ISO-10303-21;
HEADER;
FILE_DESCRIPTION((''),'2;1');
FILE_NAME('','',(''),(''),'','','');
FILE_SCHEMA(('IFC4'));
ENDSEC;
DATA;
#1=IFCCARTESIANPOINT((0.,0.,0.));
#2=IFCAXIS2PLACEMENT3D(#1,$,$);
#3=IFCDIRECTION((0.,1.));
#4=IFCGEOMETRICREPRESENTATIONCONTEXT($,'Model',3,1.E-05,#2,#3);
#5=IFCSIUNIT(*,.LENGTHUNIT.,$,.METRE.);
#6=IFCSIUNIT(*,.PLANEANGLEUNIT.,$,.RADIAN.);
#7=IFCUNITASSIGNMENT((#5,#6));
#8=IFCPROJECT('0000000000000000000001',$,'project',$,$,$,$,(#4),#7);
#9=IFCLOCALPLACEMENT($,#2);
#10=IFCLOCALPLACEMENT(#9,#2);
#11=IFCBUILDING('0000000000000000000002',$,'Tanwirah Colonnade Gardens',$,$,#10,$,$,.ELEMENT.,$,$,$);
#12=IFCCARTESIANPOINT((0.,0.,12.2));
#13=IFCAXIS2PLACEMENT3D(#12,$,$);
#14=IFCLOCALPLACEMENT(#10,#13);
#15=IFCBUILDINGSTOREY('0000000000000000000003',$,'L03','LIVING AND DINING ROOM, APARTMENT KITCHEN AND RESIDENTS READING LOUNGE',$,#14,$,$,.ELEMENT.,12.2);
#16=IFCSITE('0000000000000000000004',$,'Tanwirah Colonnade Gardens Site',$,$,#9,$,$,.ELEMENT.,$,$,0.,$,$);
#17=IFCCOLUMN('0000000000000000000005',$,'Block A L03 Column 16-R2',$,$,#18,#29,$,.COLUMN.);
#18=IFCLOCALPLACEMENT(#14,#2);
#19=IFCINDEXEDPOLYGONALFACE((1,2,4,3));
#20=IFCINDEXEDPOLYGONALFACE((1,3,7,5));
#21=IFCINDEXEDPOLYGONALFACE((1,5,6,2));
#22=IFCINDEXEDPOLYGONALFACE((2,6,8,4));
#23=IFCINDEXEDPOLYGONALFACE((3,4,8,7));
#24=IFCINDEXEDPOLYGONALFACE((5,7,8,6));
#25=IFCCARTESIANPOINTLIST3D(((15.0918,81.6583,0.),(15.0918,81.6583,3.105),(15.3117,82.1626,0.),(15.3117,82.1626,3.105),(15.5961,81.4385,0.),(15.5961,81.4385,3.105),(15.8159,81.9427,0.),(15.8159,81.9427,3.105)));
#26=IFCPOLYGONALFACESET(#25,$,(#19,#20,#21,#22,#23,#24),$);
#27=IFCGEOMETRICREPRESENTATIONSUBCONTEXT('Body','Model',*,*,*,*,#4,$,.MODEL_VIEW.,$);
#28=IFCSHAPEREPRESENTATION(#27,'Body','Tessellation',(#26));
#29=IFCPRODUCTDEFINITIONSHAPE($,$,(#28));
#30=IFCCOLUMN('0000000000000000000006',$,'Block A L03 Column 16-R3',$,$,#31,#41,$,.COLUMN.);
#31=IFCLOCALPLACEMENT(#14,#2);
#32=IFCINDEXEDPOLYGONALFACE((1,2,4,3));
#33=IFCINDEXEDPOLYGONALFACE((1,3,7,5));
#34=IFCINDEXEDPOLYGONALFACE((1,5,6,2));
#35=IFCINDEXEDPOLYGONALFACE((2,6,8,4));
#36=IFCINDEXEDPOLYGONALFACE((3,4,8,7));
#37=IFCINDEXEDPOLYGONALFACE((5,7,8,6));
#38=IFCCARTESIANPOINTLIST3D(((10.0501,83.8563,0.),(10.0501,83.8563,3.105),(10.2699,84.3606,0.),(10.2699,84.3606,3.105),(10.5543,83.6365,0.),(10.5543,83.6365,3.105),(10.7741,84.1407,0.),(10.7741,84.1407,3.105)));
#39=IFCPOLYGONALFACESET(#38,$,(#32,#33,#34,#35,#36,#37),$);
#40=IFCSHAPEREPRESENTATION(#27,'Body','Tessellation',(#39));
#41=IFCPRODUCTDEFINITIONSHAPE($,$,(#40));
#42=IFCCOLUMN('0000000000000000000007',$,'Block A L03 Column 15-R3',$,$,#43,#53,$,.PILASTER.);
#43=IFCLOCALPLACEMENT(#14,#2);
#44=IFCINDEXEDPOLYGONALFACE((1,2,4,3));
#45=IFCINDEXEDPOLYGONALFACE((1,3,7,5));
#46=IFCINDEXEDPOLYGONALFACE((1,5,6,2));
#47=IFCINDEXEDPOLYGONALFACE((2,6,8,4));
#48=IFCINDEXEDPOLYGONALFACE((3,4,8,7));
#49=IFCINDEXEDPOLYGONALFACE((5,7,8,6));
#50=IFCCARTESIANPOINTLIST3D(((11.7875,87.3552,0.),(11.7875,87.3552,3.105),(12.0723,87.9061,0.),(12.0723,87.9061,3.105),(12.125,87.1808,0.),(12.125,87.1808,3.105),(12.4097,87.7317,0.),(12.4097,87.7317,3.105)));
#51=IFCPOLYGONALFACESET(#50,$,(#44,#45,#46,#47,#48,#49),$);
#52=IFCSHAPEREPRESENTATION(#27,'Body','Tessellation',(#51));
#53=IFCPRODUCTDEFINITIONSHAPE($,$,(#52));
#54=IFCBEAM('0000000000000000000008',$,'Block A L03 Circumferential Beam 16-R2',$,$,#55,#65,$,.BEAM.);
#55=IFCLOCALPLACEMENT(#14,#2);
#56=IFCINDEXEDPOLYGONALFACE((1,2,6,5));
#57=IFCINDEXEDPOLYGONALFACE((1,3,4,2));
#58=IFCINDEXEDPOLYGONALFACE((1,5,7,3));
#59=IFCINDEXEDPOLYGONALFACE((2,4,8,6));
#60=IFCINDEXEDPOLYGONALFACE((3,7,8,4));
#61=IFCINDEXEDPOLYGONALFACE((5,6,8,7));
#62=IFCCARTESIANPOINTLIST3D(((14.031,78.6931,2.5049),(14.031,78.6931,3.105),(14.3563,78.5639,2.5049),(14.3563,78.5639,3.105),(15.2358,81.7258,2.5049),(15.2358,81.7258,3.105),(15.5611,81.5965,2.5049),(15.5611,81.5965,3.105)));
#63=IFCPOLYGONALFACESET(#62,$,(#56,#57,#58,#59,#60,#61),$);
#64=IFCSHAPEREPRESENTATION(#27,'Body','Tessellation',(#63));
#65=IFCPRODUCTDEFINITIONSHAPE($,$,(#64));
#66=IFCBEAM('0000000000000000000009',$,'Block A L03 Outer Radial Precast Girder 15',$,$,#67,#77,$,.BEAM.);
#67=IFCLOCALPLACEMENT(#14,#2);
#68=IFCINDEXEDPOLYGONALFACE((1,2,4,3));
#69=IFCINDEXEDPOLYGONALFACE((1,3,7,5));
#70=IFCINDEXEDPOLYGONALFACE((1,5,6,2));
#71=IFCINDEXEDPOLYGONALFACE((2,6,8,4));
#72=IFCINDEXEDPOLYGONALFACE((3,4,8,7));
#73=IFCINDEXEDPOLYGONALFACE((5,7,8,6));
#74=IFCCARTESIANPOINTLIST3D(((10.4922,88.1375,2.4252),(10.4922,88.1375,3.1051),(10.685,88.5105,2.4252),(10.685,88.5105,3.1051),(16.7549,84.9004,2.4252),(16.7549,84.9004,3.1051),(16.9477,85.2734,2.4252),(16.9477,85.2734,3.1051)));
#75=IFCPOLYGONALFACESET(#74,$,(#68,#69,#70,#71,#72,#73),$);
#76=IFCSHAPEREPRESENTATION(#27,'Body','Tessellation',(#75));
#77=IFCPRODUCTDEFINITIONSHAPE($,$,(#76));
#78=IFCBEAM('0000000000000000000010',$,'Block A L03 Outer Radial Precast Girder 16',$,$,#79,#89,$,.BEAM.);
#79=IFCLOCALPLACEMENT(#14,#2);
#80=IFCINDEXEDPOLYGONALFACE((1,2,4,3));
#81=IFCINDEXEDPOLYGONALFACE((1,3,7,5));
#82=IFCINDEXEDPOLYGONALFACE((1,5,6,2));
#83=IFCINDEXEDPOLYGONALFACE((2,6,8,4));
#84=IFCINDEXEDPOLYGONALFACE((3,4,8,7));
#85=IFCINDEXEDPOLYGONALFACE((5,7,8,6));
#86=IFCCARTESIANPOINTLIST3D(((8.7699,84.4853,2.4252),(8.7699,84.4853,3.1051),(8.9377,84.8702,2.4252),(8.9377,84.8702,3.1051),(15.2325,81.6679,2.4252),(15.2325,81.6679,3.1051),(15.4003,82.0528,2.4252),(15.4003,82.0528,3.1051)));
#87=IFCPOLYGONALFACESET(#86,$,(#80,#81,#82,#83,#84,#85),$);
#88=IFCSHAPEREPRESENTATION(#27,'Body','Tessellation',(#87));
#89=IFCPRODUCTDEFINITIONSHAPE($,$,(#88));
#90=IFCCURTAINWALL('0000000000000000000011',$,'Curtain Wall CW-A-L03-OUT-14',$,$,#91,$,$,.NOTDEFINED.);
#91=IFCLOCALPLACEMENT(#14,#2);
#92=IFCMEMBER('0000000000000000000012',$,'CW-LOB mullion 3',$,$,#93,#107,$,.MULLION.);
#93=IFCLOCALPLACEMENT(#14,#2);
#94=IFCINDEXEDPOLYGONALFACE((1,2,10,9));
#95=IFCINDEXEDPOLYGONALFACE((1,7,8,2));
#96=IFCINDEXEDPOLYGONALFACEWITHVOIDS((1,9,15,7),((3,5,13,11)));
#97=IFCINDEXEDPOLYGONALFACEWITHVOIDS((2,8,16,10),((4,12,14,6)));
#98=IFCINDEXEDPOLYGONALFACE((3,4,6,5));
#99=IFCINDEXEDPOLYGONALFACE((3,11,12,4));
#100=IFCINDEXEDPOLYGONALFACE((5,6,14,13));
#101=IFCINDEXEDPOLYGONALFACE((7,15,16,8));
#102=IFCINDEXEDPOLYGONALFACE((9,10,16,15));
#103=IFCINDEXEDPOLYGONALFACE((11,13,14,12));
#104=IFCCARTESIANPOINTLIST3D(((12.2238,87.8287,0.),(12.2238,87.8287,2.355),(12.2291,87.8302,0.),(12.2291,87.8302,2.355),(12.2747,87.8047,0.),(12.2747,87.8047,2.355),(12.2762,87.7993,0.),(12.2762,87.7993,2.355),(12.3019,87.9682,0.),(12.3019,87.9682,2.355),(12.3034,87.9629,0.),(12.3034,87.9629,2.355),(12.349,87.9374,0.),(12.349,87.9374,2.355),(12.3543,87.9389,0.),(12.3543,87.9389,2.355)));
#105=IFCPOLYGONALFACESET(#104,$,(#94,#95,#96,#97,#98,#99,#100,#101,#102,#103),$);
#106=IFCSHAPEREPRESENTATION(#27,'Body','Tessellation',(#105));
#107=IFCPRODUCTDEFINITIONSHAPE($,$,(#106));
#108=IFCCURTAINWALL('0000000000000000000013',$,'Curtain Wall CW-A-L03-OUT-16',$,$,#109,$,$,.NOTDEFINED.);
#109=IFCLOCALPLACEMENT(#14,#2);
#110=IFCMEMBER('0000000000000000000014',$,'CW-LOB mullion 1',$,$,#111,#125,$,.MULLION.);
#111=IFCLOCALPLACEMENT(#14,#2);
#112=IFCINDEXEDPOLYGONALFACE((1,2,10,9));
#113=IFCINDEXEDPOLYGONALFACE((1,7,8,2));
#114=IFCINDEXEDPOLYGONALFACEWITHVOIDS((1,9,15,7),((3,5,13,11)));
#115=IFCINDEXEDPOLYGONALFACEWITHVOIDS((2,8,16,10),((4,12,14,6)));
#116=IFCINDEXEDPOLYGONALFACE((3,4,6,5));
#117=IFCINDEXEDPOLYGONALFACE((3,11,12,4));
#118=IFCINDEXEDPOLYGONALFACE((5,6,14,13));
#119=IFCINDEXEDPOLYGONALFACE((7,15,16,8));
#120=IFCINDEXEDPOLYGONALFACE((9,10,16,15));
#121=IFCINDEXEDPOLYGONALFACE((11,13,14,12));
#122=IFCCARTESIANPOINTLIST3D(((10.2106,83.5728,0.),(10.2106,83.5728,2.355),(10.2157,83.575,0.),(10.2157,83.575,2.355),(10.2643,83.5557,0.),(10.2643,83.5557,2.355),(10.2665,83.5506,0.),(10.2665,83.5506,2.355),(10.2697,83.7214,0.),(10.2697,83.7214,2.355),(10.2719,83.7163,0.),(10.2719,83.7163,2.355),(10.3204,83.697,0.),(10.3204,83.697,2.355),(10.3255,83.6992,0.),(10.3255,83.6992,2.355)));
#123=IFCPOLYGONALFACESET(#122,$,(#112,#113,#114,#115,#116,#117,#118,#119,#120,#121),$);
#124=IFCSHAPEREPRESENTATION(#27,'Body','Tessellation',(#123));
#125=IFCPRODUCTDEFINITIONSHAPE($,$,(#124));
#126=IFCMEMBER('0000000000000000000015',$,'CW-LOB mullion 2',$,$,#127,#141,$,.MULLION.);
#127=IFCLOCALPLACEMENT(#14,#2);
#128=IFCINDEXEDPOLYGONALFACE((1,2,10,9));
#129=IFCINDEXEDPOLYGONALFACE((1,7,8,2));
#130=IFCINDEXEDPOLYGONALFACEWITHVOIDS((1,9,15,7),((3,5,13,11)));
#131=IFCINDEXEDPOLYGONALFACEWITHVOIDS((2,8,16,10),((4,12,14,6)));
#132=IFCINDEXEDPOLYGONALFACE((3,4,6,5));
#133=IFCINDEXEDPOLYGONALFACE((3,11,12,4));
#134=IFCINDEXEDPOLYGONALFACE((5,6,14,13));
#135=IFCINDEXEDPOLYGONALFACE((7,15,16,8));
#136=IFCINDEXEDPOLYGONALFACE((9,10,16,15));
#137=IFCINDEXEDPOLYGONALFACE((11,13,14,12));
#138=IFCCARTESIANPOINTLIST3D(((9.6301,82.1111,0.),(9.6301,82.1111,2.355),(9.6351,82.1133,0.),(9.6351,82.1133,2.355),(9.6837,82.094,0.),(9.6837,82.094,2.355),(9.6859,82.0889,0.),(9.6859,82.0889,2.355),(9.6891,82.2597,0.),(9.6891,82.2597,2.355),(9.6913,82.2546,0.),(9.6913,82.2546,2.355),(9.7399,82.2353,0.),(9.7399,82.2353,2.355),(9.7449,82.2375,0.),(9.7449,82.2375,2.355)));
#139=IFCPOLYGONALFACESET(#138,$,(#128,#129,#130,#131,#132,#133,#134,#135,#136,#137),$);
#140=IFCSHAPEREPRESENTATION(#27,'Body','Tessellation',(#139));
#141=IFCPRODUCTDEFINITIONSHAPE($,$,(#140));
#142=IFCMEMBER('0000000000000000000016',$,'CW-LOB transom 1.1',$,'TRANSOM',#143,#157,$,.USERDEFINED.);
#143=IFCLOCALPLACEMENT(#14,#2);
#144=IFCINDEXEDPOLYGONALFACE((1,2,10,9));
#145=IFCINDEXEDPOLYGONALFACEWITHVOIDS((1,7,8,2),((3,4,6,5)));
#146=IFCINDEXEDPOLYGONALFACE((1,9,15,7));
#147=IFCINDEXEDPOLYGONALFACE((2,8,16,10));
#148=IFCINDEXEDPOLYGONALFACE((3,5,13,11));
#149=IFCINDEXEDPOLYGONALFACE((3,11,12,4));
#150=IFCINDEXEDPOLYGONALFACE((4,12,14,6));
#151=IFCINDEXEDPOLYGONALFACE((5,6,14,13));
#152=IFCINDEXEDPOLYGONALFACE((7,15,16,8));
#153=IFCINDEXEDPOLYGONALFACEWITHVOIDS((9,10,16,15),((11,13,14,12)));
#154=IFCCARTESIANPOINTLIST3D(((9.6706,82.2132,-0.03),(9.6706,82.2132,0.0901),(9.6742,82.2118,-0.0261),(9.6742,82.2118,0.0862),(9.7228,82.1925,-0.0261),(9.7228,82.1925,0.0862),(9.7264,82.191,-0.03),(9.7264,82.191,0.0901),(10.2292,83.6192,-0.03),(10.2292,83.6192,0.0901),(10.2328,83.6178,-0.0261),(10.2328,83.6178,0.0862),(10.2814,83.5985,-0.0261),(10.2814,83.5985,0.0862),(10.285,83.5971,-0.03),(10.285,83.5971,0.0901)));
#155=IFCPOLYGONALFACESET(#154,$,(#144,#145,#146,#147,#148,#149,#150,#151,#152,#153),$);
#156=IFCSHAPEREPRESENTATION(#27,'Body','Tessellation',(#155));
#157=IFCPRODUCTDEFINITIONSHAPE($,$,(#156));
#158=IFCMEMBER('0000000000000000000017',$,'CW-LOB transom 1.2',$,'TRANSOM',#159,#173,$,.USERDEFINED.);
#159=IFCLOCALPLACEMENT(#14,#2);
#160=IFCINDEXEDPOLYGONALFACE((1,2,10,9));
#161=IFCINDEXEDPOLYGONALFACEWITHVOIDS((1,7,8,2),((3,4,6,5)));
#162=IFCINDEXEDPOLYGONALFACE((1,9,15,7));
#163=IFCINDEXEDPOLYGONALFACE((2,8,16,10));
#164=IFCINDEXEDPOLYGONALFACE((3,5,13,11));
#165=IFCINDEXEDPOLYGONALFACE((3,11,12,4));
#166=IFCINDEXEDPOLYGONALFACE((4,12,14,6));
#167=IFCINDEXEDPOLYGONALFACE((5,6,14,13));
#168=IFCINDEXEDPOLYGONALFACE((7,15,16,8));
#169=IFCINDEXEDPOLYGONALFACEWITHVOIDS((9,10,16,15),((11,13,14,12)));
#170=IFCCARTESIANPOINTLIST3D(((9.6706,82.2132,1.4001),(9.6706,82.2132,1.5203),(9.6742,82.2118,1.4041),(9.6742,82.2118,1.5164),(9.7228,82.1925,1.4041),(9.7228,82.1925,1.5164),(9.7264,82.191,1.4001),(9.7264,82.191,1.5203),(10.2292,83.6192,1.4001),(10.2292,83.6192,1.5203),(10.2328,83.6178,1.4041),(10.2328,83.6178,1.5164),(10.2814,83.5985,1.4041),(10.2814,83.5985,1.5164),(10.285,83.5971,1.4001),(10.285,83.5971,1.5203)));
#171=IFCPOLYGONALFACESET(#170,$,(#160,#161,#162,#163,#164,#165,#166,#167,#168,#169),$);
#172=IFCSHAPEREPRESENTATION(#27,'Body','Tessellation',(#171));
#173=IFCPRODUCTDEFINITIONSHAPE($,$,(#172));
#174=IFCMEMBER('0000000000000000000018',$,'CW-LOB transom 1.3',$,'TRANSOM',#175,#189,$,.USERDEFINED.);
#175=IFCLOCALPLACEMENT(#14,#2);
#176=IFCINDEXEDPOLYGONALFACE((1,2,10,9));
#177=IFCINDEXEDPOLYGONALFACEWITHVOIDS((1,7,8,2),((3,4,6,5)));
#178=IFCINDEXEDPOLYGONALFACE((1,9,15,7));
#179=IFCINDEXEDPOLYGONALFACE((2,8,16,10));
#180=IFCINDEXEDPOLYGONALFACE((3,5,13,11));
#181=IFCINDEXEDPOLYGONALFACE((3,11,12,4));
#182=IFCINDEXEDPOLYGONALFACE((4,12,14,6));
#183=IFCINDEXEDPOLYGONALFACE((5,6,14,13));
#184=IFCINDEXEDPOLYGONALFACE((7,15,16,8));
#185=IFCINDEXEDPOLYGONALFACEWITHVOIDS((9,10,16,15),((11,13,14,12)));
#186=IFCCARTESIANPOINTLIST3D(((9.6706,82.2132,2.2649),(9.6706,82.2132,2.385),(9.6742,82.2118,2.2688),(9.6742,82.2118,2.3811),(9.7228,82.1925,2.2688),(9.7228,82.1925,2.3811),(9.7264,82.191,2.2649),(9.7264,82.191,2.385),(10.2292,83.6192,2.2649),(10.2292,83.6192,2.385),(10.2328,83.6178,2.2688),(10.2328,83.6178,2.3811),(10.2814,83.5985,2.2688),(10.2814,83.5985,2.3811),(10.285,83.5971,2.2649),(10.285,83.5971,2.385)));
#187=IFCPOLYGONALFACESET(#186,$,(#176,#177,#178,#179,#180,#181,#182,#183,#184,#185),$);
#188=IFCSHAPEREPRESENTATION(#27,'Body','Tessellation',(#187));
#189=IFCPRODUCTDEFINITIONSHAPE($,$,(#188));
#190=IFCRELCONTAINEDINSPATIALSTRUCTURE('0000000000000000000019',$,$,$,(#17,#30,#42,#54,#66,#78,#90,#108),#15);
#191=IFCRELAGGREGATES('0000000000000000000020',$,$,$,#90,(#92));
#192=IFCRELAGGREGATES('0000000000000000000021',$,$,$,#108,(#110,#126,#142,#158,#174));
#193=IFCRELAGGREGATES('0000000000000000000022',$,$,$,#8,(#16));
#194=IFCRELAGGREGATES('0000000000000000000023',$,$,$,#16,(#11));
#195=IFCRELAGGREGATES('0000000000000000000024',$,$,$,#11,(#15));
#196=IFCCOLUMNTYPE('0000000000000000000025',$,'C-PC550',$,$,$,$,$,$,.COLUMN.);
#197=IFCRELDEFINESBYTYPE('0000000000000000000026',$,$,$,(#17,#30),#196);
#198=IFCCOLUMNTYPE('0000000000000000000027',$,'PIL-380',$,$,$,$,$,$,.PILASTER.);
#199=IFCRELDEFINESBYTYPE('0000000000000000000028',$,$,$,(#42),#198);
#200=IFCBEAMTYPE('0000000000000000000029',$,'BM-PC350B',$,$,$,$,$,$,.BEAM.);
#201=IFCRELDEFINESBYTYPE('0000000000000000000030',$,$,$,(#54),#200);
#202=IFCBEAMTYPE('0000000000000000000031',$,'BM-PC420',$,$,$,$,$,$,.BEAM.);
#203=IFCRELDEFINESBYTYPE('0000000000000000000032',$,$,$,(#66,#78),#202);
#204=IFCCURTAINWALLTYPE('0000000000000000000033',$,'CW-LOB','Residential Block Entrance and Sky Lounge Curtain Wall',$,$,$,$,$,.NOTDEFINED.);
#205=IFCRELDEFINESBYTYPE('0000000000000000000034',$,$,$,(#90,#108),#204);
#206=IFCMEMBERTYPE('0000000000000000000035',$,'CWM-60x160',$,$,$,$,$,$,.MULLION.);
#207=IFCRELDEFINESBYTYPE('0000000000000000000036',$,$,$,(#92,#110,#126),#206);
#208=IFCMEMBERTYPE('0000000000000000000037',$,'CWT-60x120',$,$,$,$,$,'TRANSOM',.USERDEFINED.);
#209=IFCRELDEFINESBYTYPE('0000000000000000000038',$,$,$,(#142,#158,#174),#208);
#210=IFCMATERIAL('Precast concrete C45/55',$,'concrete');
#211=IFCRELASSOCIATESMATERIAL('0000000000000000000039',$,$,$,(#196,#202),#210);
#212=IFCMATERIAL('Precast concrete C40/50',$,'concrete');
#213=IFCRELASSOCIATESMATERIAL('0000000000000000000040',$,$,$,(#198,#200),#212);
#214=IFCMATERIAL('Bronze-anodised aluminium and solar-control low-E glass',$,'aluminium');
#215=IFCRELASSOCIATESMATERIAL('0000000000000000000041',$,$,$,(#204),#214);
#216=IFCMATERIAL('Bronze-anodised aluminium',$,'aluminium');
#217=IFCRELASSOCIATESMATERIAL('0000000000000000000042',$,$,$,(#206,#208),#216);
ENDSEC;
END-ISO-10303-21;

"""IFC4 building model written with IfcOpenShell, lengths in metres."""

from ifc_helpers import new_model, si_unit, direction, frame, origin, origin_2d, place, context, subcontext, project, spatial, rectangle, hollow_rectangle, extrude, material, material_profile, profile_set, type_object, element, aggregate, save


model = new_model("IFC4")

# Units and contexts
model_context = context("Model", 3, precision=1e-05, world=origin(), true_north=direction((0.0, 1.0)))
body_context = subcontext(model_context, "Body", "Model", "MODEL_VIEW")
ifc_project = project(units=[si_unit("LENGTHUNIT", "METRE"), si_unit("PLANEANGLEUNIT", "RADIAN")], contexts=[model_context])

# Site, building, storey
site_placement = place(None, origin())
site = spatial("IfcSite", under=ifc_project, at=site_placement, Name="Tanwirah Colonnade Gardens Site", CompositionType="ELEMENT", RefElevation=0.0)
building_placement = place(site_placement, origin())
building = spatial("IfcBuilding", under=site, at=building_placement, Name="Tanwirah Colonnade Gardens", CompositionType="ELEMENT")
storey_placement = place(building_placement, frame((0.0, 0.0, 12.2)))
storey = spatial("IfcBuildingStorey", under=building, at=storey_placement, Name="L03", Description="LIVING AND DINING ROOM, APARTMENT KITCHEN AND RESIDENTS READING LOUNGE", CompositionType="ELEMENT", Elevation=12.2)

# Columns
ifc_material_1 = material(Name="Precast concrete C45/55", Category="concrete")
ifc_material_profile_1 = material_profile(ifc_material_1, rectangle(XDim=0.55, YDim=0.55, at=origin_2d()), Name="PC-COL 550x550")
ifc_profile_set_1 = profile_set([ifc_material_profile_1], Name="Precast concrete C45/55")
column_type_1 = type_object("IfcColumnType", Name="C-PC550", PredefinedType="COLUMN", material=ifc_profile_set_1)
for number, where, z_axis, x_axis, name in (
    (1, (15.4539, 81.8005, 0.0), (0.0, 0.0, 1.0), (-0.916673, 0.399638, 0.0), "Block A L03 Column 16-R2"),
    (2, (10.4121, 83.9985, 0.0), (0.0, 0.0, 1.0), (-0.916673, 0.399638, 0.0), "Block A L03 Column 16-R3"),
):
    element("IfcColumn", number, at=place(storey_placement, frame(where, z_axis=z_axis, x_axis=x_axis)), inside=storey, type_object=column_type_1, Name=name, PredefinedType="COLUMN", context=body_context, shape_type="SweptSolid", body=[
        extrude(rectangle(XDim=0.55, YDim=0.55, at=origin_2d()), origin(), (0.0, 0.0, 1.0), 3.105),
    ])
ifc_material_2 = material(Name="Precast concrete C40/50", Category="concrete")
ifc_material_profile_2 = material_profile(ifc_material_2, rectangle(XDim=0.3799, YDim=0.6201, at=origin_2d()), Name="PC-PIL 380x620")
ifc_profile_set_2 = profile_set([ifc_material_profile_2], Name="Precast concrete C40/50")
column_type_2 = type_object("IfcColumnType", Name="PIL-380", PredefinedType="PILASTER", material=ifc_profile_set_2)
column_placement = place(storey_placement, frame((12.0986, 87.5435, 0.0), z_axis=(0.0, 0.0, 1.0), x_axis=(-0.88835, 0.459166, 0.0)))
element("IfcColumn", 3, at=column_placement, inside=storey, type_object=column_type_2, Name="Block A L03 Column 15-R3", PredefinedType="PILASTER", context=body_context, shape_type="SweptSolid", body=[
    extrude(rectangle(XDim=0.3799, YDim=0.6201, at=origin_2d()), origin(), (0.0, 0.0, 1.0), 3.105),
])

# Beams
ifc_material_profile_3 = material_profile(ifc_material_2, rectangle(XDim=0.3501, YDim=0.6001, at=origin_2d()), Name="PC-BM 350x600")
ifc_profile_set_3 = profile_set([ifc_material_profile_3], Name="Precast concrete C40/50")
beam_type_1 = type_object("IfcBeamType", Name="BM-PC350B", PredefinedType="BEAM", material=ifc_profile_set_3)
beam_1_placement = place(storey_placement, frame((15.3984, 81.6611, 2.8049), z_axis=(-0.36921, -0.929346, 0.0), x_axis=(0.929346, -0.36921, 0.0)))
element("IfcBeam", 4, at=beam_1_placement, inside=storey, type_object=beam_type_1, Name="Block A L03 Circumferential Beam 16-R2", PredefinedType="BEAM", context=body_context, shape_type="SweptSolid", body=[
    extrude(rectangle(XDim=0.3501, YDim=0.6001, at=origin_2d()), origin(), (0.0, 0.0, 1.0), 3.2632),
])
ifc_material_profile_4 = material_profile(ifc_material_1, rectangle(XDim=0.4199, YDim=0.6799, at=origin_2d()), Name="PC-BM 420x680")
ifc_profile_set_4 = profile_set([ifc_material_profile_4], Name="Precast concrete C45/55")
beam_type_2 = type_object("IfcBeamType", Name="BM-PC420", PredefinedType="BEAM", material=ifc_profile_set_4)
beam_2_placement = place(storey_placement, frame((16.8513, 85.0869, 2.7651), z_axis=(-0.888349, 0.459169, 0.0), x_axis=(-0.459169, -0.888349, 0.0)))
element("IfcBeam", 5, at=beam_2_placement, inside=storey, type_object=beam_type_2, Name="Block A L03 Outer Radial Precast Girder 15", PredefinedType="BEAM", context=body_context, shape_type="SweptSolid", body=[
    extrude(rectangle(XDim=0.4199, YDim=0.6799, at=origin_2d()), origin(), (0.0, 0.0, 1.0), 7.0498),
])
beam_3_placement = place(storey_placement, frame((15.3164, 81.8604, 2.7651), z_axis=(-0.916679, 0.399625, 0.0), x_axis=(-0.399625, -0.916679, 0.0)))
element("IfcBeam", 6, at=beam_3_placement, inside=storey, type_object=beam_type_2, Name="Block A L03 Outer Radial Precast Girder 16", PredefinedType="BEAM", context=body_context, shape_type="SweptSolid", body=[
    extrude(rectangle(XDim=0.4199, YDim=0.6799, at=origin_2d()), origin(), (0.0, 0.0, 1.0), 7.05),
])

# Curtain wall, member
ifc_material_3 = material(Name="Bronze-anodised aluminium and solar-control low-E glass", Category="aluminium")
curtain_wall_type = type_object("IfcCurtainWallType", Name="CW-LOB", Description="Residential Block Entrance and Sky Lounge Curtain Wall", PredefinedType="NOTDEFINED", material=ifc_material_3)
curtain_wall_1_placement = place(storey_placement, origin())
curtain_wall_1 = element("IfcCurtainWall", 7, at=curtain_wall_1_placement, inside=storey, type_object=curtain_wall_type, Name="Curtain Wall CW-A-L03-OUT-14", PredefinedType="NOTDEFINED")
ifc_material_4 = material(Name="Bronze-anodised aluminium", Category="aluminium")
ifc_material_profile_5 = material_profile(ifc_material_4, hollow_rectangle(XDim=0.0601, YDim=0.1599, WallThickness=0.0039, at=origin_2d()), Name="CW-MUL 60x160x4")
ifc_profile_set_5 = profile_set([ifc_material_profile_5], Name="Bronze-anodised aluminium")
member_type_1 = type_object("IfcMemberType", Name="CWM-60x160", PredefinedType="MULLION", material=ifc_profile_set_5)
member_1_placement = place(storey_placement, frame((12.2891, 87.8838, 0.0), z_axis=(0.0, 0.0, 1.0), x_axis=(0.872732, -0.488199, 0.0)))
member_1 = element("IfcMember", 8, at=member_1_placement, type_object=member_type_1, Name="CW-LOB mullion 3", PredefinedType="MULLION", context=body_context, shape_type="SweptSolid", body=[
    extrude(hollow_rectangle(XDim=0.0601, YDim=0.1599, WallThickness=0.0039, at=origin_2d()), origin(), (0.0, 0.0, 1.0), 2.355),
])
aggregate(curtain_wall_1, [member_1])

# Curtain wall, members
curtain_wall_2_placement = place(storey_placement, origin())
curtain_wall_2 = element("IfcCurtainWall", 9, at=curtain_wall_2_placement, inside=storey, type_object=curtain_wall_type, Name="Curtain Wall CW-A-L03-OUT-16", PredefinedType="NOTDEFINED")
member_2_placement = place(storey_placement, frame((10.2681, 83.636, 0.0), z_axis=(0.0, 0.0, 1.0), x_axis=(0.929347, -0.369208, 0.0)))
member_2 = element("IfcMember", 10, at=member_2_placement, type_object=member_type_1, Name="CW-LOB mullion 1", PredefinedType="MULLION", context=body_context, shape_type="SweptSolid", body=[
    extrude(hollow_rectangle(XDim=0.0601, YDim=0.1599, WallThickness=0.0039, at=origin_2d()), origin(), (0.0, 0.0, 1.0), 2.355),
])
member_3_placement = place(storey_placement, frame((9.6875, 82.1743, 0.0), z_axis=(0.0, 0.0, 1.0), x_axis=(0.929347, -0.369208, 0.0)))
member_3 = element("IfcMember", 11, at=member_3_placement, type_object=member_type_1, Name="CW-LOB mullion 2", PredefinedType="MULLION", context=body_context, shape_type="SweptSolid", body=[
    extrude(hollow_rectangle(XDim=0.0601, YDim=0.1599, WallThickness=0.0039, at=origin_2d()), origin(), (0.0, 0.0, 1.0), 2.355),
])
ifc_material_profile_6 = material_profile(ifc_material_4, hollow_rectangle(XDim=0.0601, YDim=0.1201, WallThickness=0.0039, at=origin_2d()), Name="CW-TRN 60x120x4")
ifc_profile_set_6 = profile_set([ifc_material_profile_6], Name="Bronze-anodised aluminium")
member_type_2 = type_object("IfcMemberType", Name="CWT-60x120", ElementType="TRANSOM", PredefinedType="USERDEFINED", material=ifc_profile_set_6)
member_4_placement = place(storey_placement, frame((10.2571, 83.6082, 0.03), z_axis=(-0.369219, -0.929342, 0.0), x_axis=(0.929342, -0.369219, 0.0)))
member_4 = element("IfcMember", 12, at=member_4_placement, type_object=member_type_2, Name="CW-LOB transom 1.1", ObjectType="TRANSOM", PredefinedType="USERDEFINED", context=body_context, shape_type="SweptSolid", body=[
    extrude(hollow_rectangle(XDim=0.0601, YDim=0.1201, WallThickness=0.0039, at=origin_2d()), origin(), (0.0, 0.0, 1.0), 1.5129),
])
member_5_placement = place(storey_placement, frame((10.2571, 83.6082, 1.4602), z_axis=(-0.369219, -0.929342, 0.0), x_axis=(0.929342, -0.369219, 0.0)))
member_5 = element("IfcMember", 13, at=member_5_placement, type_object=member_type_2, Name="CW-LOB transom 1.2", ObjectType="TRANSOM", PredefinedType="USERDEFINED", context=body_context, shape_type="SweptSolid", body=[
    extrude(hollow_rectangle(XDim=0.0601, YDim=0.1201, WallThickness=0.0039, at=origin_2d()), origin(), (0.0, 0.0, 1.0), 1.5129),
])
member_6_placement = place(storey_placement, frame((10.2571, 83.6082, 2.325), z_axis=(-0.369219, -0.929342, 0.0), x_axis=(0.929342, -0.369219, 0.0)))
member_6 = element("IfcMember", 14, at=member_6_placement, type_object=member_type_2, Name="CW-LOB transom 1.3", ObjectType="TRANSOM", PredefinedType="USERDEFINED", context=body_context, shape_type="SweptSolid", body=[
    extrude(hollow_rectangle(XDim=0.0601, YDim=0.1201, WallThickness=0.0039, at=origin_2d()), origin(), (0.0, 0.0, 1.0), 1.5129),
])

aggregate(curtain_wall_2, [member_2, member_3, member_4, member_5, member_6])

save(model, "model.ifc")
